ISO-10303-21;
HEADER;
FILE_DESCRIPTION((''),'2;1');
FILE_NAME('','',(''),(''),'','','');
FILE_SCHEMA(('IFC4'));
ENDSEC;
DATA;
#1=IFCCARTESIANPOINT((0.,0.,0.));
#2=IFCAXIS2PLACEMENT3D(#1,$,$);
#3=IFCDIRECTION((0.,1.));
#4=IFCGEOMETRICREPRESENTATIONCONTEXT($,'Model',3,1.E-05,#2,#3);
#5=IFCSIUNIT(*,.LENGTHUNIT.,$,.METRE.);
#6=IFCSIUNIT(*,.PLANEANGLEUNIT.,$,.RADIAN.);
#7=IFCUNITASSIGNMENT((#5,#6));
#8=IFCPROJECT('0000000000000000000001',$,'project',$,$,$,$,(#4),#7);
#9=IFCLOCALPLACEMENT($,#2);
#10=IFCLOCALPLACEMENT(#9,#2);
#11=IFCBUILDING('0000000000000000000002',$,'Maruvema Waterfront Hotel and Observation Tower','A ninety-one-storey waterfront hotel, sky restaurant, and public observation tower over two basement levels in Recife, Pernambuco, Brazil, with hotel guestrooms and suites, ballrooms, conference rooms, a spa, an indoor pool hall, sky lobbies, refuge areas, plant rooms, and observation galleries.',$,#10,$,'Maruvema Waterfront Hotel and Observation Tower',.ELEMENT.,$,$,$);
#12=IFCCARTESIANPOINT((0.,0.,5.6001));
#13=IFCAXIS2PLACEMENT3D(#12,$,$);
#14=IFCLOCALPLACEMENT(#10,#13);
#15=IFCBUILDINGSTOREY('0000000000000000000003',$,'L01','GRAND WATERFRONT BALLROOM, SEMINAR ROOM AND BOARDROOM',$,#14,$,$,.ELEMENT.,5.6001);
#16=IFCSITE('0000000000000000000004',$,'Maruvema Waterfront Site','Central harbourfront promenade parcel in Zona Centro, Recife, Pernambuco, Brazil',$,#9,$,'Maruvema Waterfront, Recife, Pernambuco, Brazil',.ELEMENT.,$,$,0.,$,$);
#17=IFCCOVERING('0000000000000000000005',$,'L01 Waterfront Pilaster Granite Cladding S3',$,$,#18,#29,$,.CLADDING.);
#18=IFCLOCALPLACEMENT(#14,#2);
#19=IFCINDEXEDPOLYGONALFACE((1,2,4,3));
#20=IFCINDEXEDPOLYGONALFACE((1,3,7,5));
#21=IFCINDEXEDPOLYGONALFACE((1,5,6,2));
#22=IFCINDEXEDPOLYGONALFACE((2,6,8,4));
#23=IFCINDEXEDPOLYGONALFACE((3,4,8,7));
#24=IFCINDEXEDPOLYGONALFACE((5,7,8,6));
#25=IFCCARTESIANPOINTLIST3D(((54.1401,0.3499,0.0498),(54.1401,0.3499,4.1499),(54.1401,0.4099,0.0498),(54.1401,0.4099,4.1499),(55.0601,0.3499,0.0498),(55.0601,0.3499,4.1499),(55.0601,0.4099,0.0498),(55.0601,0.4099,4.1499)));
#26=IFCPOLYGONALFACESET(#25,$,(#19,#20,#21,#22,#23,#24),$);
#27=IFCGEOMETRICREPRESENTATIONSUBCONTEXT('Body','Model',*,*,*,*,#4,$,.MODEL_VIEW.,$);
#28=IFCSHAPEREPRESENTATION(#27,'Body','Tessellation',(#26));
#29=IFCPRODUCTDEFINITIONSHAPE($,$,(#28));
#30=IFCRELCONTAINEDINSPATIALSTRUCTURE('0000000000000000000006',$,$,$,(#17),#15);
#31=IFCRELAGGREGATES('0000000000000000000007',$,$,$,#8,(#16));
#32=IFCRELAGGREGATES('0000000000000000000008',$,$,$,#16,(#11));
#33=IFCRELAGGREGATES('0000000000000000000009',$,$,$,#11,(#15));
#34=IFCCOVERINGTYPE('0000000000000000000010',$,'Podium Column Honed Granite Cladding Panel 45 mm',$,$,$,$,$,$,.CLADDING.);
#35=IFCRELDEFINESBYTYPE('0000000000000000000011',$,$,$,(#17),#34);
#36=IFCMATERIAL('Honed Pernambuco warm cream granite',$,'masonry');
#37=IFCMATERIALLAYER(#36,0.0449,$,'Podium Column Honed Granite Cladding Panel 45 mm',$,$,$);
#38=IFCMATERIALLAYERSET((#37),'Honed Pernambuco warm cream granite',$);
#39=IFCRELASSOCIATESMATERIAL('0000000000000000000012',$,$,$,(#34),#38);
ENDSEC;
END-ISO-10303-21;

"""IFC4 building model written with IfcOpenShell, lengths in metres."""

from ifc_helpers import new_model, si_unit, direction, frame, origin, origin_2d, place, context, subcontext, project, spatial, rectangle, extrude, material, layer, layer_set, type_object, element, save


model = new_model("IFC4")

# Units and contexts
model_context = context("Model", 3, precision=1e-05, world=origin(), true_north=direction((0.0, 1.0)))
body_context = subcontext(model_context, "Body", "Model", "MODEL_VIEW")
ifc_project = project(units=[si_unit("LENGTHUNIT", "METRE"), si_unit("PLANEANGLEUNIT", "RADIAN")], contexts=[model_context])

# Site, building, storey
site_placement = place(None, origin())
site = spatial("IfcSite", under=ifc_project, at=site_placement, Name="Maruvema Waterfront Site", Description="Central harbourfront promenade parcel in Zona Centro, Recife, Pernambuco, Brazil", LongName="Maruvema Waterfront, Recife, Pernambuco, Brazil", CompositionType="ELEMENT", RefElevation=0.0)
building_placement = place(site_placement, origin())
building = spatial("IfcBuilding", under=site, at=building_placement, Name="Maruvema Waterfront Hotel and Observation Tower", Description="A ninety-one-storey waterfront hotel, sky restaurant, and public observation tower over two basement levels in Recife, Pernambuco, Brazil, with hotel guestrooms and suites, ballrooms, conference rooms, a spa, an indoor pool hall, sky lobbies, refuge areas, plant rooms, and observation galleries.", LongName="Maruvema Waterfront Hotel and Observation Tower", CompositionType="ELEMENT")
storey_placement = place(building_placement, frame((0.0, 0.0, 5.6001)))
storey = spatial("IfcBuildingStorey", under=building, at=storey_placement, Name="L01", Description="GRAND WATERFRONT BALLROOM, SEMINAR ROOM AND BOARDROOM", CompositionType="ELEMENT", Elevation=5.6001)

# Covering
ifc_material_1 = material(Name="Honed Pernambuco warm cream granite", Category="masonry")
ifc_layer_1 = layer(ifc_material_1, 0.0449, Name="Podium Column Honed Granite Cladding Panel 45 mm")
ifc_layer_set_1 = layer_set([ifc_layer_1], Name="Honed Pernambuco warm cream granite")
covering_type = type_object("IfcCoveringType", Name="Podium Column Honed Granite Cladding Panel 45 mm", PredefinedType="CLADDING", material=ifc_layer_set_1)
covering_placement = place(storey_placement, frame((54.6001, 0.3799, 0.0498), z_axis=(0.0, 0.0, 1.0), x_axis=(1.0, 0.0, 0.0)))
element("IfcCovering", 1, at=covering_placement, inside=storey, type_object=covering_type, Name="L01 Waterfront Pilaster Granite Cladding S3", PredefinedType="CLADDING", context=body_context, shape_type="SweptSolid", body=[
    extrude(rectangle(XDim=0.9199, YDim=0.0601, at=origin_2d()), origin(), (0.0, 0.0, 1.0), 4.1001),
])

save(model, "model.ifc")
